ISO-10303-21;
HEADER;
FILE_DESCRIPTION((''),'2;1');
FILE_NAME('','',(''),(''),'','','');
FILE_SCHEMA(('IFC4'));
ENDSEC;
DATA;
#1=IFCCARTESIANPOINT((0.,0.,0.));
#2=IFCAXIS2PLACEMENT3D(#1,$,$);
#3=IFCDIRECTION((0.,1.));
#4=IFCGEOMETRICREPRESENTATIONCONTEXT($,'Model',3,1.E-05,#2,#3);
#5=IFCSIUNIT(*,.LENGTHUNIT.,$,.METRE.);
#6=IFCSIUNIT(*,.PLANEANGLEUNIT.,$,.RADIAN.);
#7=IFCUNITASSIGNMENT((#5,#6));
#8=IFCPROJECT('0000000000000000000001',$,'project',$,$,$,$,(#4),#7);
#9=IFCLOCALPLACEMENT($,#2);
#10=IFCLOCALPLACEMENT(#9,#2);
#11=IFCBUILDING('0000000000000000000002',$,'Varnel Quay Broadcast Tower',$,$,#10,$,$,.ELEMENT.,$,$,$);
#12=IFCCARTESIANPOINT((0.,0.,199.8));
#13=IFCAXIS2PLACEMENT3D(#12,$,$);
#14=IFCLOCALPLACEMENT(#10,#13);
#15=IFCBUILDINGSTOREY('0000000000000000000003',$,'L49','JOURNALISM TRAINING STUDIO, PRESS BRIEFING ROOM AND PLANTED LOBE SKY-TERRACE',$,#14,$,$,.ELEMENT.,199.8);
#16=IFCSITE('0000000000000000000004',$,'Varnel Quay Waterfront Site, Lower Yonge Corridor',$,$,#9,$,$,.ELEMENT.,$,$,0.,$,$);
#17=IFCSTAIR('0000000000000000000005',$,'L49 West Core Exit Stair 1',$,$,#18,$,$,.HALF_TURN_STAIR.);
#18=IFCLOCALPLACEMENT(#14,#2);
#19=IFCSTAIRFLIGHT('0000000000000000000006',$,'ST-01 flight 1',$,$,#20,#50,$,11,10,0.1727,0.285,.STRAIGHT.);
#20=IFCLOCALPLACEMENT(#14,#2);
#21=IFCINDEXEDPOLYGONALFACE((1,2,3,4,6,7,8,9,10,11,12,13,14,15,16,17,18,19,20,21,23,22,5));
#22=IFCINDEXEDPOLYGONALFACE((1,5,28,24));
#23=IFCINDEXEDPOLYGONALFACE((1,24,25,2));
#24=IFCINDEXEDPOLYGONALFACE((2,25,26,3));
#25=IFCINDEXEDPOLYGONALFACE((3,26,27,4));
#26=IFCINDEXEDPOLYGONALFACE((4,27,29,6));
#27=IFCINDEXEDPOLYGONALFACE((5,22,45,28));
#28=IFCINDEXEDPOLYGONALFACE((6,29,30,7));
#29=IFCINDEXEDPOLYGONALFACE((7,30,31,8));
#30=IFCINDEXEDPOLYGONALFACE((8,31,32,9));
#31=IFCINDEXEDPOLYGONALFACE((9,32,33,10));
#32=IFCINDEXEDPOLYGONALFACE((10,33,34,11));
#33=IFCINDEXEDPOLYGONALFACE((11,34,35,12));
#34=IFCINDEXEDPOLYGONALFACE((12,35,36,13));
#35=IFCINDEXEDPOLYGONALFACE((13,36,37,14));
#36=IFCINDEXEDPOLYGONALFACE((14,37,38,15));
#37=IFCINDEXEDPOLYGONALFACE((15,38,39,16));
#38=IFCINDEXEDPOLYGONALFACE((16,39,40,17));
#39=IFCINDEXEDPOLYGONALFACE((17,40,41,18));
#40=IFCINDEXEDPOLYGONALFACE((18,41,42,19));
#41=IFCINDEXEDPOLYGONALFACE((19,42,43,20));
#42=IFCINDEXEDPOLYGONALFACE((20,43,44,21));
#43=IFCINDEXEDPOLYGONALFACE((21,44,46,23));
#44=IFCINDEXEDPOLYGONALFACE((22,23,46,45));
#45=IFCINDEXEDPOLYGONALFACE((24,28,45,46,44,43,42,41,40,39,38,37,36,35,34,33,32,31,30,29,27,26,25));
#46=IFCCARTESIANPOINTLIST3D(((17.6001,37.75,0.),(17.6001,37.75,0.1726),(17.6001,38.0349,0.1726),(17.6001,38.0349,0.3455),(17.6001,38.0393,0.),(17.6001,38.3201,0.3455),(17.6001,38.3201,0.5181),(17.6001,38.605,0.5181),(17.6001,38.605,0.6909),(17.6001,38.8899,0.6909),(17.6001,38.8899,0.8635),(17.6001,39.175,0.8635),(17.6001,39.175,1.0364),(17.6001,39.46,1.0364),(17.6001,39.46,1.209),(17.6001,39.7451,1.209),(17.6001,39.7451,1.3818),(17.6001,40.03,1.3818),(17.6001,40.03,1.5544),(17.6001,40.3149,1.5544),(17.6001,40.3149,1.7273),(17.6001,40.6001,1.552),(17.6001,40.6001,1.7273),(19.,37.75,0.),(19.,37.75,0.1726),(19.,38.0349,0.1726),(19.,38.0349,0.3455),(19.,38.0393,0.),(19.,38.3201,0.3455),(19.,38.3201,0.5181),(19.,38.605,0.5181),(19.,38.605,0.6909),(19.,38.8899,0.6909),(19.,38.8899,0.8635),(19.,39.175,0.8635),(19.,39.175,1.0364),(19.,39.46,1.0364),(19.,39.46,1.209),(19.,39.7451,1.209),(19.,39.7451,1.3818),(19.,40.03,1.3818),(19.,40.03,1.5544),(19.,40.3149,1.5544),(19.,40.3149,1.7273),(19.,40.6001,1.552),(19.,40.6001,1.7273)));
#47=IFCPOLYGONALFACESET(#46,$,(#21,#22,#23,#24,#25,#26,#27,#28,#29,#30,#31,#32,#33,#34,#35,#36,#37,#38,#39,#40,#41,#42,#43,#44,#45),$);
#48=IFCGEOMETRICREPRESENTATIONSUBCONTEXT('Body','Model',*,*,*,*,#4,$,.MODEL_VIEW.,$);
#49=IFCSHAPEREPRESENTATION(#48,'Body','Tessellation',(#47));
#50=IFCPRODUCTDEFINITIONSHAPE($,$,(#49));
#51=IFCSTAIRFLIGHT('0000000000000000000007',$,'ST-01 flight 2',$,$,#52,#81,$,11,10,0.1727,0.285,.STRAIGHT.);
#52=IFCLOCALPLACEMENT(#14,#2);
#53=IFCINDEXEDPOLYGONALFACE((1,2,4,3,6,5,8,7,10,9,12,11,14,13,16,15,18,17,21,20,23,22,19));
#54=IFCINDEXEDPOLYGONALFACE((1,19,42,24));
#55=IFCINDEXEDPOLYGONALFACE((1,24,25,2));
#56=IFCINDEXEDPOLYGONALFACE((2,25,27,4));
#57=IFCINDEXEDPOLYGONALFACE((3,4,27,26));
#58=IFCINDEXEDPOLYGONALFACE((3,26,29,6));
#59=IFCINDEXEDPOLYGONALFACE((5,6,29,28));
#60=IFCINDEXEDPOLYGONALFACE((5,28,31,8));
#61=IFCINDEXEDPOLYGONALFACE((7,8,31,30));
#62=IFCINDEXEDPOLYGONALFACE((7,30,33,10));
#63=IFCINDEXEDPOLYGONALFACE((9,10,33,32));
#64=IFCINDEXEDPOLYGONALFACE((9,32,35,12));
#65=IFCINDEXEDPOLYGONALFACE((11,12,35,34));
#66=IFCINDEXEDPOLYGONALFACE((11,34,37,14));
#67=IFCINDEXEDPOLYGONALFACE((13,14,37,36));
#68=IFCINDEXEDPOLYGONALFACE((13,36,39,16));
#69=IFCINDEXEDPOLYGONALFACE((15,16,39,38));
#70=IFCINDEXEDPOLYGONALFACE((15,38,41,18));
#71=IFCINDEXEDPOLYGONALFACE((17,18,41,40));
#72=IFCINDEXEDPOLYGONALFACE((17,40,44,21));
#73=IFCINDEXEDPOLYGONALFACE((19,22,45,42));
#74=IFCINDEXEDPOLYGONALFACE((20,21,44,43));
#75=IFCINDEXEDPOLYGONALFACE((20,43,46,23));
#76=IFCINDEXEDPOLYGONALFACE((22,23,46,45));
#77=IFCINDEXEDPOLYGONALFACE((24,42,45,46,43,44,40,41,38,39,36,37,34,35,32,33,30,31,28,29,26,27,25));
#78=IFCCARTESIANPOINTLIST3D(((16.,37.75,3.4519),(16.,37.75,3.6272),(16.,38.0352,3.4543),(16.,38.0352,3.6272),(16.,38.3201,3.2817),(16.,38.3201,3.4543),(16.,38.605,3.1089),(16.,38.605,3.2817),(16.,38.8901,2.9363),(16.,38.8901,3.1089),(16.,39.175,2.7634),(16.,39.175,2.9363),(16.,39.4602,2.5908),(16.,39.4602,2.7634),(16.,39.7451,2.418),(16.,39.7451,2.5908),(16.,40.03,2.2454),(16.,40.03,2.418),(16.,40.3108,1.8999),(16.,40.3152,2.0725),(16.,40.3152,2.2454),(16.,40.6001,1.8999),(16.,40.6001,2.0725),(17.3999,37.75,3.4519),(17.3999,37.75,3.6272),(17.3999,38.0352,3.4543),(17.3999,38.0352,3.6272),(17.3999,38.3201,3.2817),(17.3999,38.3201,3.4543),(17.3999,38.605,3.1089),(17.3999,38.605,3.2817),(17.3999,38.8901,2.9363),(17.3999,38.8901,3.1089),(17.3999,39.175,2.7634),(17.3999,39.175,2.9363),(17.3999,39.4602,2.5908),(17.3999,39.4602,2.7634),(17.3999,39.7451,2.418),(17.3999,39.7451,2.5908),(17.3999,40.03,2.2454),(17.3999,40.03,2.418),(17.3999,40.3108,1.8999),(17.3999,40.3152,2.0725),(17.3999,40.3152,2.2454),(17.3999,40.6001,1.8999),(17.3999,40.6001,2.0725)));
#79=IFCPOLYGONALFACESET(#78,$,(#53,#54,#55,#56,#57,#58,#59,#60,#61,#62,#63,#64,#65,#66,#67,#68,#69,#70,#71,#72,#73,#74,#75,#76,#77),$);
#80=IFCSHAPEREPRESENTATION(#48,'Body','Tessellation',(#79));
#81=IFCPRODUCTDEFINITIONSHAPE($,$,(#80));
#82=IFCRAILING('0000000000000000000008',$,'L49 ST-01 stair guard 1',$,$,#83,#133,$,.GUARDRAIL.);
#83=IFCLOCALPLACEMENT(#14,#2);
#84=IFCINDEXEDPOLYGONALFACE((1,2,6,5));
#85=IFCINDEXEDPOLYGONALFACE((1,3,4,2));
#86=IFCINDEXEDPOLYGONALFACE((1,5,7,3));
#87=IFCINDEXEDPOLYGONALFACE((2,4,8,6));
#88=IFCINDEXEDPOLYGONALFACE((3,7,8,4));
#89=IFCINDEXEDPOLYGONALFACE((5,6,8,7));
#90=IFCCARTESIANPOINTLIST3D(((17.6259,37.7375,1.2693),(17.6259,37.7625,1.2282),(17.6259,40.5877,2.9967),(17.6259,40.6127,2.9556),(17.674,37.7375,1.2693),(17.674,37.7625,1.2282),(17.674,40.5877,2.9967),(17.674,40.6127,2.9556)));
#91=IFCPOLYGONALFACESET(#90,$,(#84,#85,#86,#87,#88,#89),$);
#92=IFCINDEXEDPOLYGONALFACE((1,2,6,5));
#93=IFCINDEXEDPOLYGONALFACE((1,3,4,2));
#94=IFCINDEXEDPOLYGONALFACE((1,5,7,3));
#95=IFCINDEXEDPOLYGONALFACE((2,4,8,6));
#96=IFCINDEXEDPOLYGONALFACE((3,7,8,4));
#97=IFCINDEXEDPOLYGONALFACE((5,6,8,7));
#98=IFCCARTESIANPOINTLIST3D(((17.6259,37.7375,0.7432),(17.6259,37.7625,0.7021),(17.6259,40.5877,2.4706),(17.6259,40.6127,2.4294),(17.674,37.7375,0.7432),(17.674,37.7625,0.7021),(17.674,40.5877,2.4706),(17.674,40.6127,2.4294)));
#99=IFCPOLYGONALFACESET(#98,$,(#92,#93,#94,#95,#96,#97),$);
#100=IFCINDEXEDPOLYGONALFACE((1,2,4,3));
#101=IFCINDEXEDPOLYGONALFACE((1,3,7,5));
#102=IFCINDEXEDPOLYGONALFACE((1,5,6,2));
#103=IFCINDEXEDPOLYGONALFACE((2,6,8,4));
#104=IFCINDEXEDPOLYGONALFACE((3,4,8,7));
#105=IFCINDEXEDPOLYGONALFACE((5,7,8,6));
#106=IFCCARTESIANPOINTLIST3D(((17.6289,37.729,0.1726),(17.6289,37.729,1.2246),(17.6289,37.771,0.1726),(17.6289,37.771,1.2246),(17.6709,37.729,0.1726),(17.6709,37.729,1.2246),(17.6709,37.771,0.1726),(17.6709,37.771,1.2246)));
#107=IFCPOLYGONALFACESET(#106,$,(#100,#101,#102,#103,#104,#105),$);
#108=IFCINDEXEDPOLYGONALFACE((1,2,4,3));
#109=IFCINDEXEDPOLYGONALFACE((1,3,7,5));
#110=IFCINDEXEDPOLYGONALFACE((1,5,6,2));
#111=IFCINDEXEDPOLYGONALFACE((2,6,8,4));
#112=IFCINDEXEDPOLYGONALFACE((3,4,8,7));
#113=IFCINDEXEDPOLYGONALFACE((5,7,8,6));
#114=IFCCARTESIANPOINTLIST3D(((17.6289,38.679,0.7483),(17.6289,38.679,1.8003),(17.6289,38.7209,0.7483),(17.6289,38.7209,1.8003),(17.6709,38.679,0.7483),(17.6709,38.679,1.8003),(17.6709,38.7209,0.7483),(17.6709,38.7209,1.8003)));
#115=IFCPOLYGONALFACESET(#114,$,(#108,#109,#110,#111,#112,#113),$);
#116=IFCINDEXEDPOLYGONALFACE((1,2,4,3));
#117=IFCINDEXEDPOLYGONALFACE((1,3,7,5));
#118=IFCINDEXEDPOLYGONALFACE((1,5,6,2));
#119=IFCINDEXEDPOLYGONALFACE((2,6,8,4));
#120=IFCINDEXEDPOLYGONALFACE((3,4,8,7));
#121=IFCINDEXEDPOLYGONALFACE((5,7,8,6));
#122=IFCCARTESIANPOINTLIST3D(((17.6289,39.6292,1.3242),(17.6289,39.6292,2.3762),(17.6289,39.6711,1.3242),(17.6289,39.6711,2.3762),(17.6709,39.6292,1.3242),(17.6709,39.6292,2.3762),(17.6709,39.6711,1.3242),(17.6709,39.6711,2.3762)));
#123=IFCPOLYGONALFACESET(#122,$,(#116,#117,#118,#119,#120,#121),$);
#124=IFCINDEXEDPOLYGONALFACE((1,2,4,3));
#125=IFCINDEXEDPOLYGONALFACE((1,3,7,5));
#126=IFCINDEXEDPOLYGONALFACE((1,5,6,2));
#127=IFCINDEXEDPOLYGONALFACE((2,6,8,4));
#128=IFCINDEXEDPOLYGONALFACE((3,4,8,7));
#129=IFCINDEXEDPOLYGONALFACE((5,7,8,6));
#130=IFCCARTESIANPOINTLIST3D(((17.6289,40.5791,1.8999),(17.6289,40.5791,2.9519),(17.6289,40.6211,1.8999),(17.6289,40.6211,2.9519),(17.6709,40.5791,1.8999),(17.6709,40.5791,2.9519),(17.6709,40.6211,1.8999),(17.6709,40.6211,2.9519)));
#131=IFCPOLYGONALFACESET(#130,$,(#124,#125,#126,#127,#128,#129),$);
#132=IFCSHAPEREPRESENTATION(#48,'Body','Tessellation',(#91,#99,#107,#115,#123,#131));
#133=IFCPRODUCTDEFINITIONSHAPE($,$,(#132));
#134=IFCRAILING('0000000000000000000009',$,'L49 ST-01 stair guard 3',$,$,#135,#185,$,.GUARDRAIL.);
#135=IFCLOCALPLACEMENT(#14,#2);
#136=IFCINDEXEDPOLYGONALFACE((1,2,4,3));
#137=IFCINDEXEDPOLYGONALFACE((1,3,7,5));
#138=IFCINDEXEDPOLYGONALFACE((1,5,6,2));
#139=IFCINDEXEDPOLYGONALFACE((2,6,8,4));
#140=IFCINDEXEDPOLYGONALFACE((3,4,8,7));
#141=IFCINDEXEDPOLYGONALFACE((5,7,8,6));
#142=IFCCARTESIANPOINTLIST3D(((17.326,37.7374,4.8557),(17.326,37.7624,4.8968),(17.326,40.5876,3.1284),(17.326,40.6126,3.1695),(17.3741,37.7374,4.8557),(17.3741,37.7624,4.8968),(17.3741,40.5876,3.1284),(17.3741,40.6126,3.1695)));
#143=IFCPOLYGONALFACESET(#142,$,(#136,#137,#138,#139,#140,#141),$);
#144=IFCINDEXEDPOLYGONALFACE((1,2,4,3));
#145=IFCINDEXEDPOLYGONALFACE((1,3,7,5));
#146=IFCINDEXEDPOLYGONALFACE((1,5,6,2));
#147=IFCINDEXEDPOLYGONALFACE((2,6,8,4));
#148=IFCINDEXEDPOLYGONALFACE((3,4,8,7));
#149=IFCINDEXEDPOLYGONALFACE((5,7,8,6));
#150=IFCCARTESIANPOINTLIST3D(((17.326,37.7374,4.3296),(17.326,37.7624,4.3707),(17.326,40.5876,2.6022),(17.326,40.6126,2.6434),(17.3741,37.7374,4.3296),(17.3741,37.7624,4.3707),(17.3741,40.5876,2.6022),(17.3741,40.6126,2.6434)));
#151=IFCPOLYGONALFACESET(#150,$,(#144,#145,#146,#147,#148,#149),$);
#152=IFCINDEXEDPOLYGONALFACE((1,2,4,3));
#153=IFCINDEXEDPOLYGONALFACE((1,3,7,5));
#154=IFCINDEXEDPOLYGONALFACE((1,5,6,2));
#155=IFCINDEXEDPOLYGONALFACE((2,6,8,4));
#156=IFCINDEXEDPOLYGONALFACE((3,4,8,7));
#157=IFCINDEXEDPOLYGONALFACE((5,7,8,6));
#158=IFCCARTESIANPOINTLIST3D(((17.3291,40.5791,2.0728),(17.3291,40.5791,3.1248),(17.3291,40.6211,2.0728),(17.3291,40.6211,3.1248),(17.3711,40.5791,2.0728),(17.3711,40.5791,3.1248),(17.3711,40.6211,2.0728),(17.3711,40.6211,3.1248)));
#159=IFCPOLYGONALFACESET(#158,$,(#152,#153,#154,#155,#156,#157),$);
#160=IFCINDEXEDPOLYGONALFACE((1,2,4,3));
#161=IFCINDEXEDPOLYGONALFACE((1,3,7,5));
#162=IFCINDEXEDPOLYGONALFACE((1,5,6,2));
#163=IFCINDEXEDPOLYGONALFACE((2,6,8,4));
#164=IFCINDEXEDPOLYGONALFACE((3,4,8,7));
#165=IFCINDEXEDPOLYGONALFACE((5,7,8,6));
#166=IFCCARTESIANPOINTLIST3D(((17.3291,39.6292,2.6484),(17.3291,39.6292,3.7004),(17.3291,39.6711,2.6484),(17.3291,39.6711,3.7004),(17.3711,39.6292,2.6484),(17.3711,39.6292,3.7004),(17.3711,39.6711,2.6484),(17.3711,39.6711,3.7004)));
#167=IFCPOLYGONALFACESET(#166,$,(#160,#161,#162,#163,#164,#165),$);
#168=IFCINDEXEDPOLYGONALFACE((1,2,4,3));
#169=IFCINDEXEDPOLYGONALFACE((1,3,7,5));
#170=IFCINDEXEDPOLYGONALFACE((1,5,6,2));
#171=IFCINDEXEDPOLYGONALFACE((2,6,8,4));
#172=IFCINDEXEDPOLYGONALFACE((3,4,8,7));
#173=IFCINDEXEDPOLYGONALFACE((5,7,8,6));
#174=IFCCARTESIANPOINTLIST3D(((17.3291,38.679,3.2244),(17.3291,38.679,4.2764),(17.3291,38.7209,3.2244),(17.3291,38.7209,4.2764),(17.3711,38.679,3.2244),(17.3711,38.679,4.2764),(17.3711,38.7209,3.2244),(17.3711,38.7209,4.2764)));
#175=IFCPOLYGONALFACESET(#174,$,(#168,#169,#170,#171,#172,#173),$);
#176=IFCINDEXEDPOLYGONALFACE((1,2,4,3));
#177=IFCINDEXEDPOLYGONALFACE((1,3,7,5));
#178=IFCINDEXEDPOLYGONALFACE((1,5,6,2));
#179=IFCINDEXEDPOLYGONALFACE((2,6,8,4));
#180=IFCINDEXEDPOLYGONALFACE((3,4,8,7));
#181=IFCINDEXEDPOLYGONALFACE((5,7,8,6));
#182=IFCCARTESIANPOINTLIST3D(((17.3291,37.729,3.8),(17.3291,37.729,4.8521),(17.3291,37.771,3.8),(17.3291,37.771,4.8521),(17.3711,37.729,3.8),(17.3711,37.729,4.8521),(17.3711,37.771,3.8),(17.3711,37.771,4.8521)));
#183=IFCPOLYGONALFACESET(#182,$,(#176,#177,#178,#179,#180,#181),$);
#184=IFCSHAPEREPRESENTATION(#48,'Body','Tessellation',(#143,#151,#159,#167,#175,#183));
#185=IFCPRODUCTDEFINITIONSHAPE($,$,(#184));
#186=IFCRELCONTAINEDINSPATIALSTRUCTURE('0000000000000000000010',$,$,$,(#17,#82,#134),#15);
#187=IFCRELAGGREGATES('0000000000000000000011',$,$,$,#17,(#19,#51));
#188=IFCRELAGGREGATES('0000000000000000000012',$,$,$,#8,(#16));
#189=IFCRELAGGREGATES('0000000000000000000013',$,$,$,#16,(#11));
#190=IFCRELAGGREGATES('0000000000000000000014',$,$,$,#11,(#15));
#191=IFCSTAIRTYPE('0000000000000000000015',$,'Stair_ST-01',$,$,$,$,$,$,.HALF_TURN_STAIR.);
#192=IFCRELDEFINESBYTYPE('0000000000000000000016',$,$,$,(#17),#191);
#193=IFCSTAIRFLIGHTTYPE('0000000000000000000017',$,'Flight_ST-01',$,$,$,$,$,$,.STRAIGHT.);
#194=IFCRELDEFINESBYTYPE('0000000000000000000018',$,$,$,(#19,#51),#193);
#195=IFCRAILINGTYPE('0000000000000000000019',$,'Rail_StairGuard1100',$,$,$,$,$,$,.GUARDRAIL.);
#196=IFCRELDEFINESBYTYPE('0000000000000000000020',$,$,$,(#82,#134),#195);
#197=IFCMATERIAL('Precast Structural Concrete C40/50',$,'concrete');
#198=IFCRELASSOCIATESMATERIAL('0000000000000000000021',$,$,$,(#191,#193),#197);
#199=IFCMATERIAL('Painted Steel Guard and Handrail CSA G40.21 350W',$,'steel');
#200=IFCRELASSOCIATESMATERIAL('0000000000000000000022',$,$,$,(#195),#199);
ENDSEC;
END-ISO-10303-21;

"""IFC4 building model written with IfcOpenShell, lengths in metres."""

from ifc_helpers import new_model, si_unit, direction, frame, origin, origin_2d, place, context, subcontext, project, spatial, polyline, rectangle, outline, extrude, material, type_object, element, aggregate, save


model = new_model("IFC4")

# Units and contexts
model_context = context("Model", 3, precision=1e-05, world=origin(), true_north=direction((0.0, 1.0)))
body_context = subcontext(model_context, "Body", "Model", "MODEL_VIEW")
ifc_project = project(units=[si_unit("LENGTHUNIT", "METRE"), si_unit("PLANEANGLEUNIT", "RADIAN")], contexts=[model_context])

# Site, building, storey
site_placement = place(None, origin())
site = spatial("IfcSite", under=ifc_project, at=site_placement, Name="Varnel Quay Waterfront Site, Lower Yonge Corridor", CompositionType="ELEMENT", RefElevation=0.0)
building_placement = place(site_placement, origin())
building = spatial("IfcBuilding", under=site, at=building_placement, Name="Varnel Quay Broadcast Tower", CompositionType="ELEMENT")
storey_placement = place(building_placement, frame((0.0, 0.0, 199.8)))
storey = spatial("IfcBuildingStorey", under=building, at=storey_placement, Name="L49", Description="JOURNALISM TRAINING STUDIO, PRESS BRIEFING ROOM AND PLANTED LOBE SKY-TERRACE", CompositionType="ELEMENT", Elevation=199.8)

# Stair, stair flights
ifc_material_1 = material(Name="Precast Structural Concrete C40/50", Category="concrete")
stair_type = type_object("IfcStairType", Name="Stair_ST-01", PredefinedType="HALF_TURN_STAIR", material=ifc_material_1)
stair_placement = place(storey_placement, origin())
stair = element("IfcStair", 1, at=stair_placement, inside=storey, type_object=stair_type, Name="L49 West Core Exit Stair 1", PredefinedType="HALF_TURN_STAIR")
stair_flight_type = type_object("IfcStairFlightType", Name="Flight_ST-01", PredefinedType="STRAIGHT", material=ifc_material_1)
stair_flight_1_placement = place(storey_placement, frame((18.3, 37.75, 0.0), z_axis=(0.0, 0.0, 1.0), x_axis=(0.0, 1.0, 0.0)))
stair_flight_1 = element("IfcStairFlight", 2, at=stair_flight_1_placement, type_object=stair_flight_type, Name="ST-01 flight 1", NumberOfRisers=11, NumberOfTreads=10, PredefinedType="STRAIGHT", RiserHeight=0.1727, TreadLength=0.285, context=body_context, shape_type="SweptSolid", body=[
    extrude(outline(polyline([(0.0, 0.0), (0.0, 0.1726), (0.2849, 0.1726), (0.2849, 0.3455), (0.5701, 0.3455), (0.5701, 0.5181), (0.855, 0.5181), (0.855, 0.6909), (1.1399, 0.6909), (1.1399, 0.8635), (1.425, 0.8635), (1.425, 1.0364), (1.71, 1.0364), (1.71, 1.209), (1.9951, 1.209), (1.9951, 1.3818), (2.28, 1.3818), (2.28, 1.5544), (2.5649, 1.5544), (2.5649, 1.7273), (2.8501, 1.7273), (2.8501, 1.8999), (2.8501, 1.552), (0.2893, 0.0), (0.0, 0.0)])), frame((0.0, 0.7, 0.0), z_axis=(0.0, -1.0, 0.0), x_axis=(1.0, 0.0, 0.0)), (0.0, 0.0, 1.0), 1.3999),
])
stair_flight_2_placement = place(storey_placement, frame((16.7, 40.6001, 1.8999), z_axis=(0.0, 0.0, 1.0), x_axis=(0.0, -1.0, 0.0)))
stair_flight_2 = element("IfcStairFlight", 3, at=stair_flight_2_placement, type_object=stair_flight_type, Name="ST-01 flight 2", NumberOfRisers=11, NumberOfTreads=10, PredefinedType="STRAIGHT", RiserHeight=0.1727, TreadLength=0.285, context=body_context, shape_type="SweptSolid", body=[
    extrude(outline(polyline([(0.0, 0.0), (0.0, 0.1726), (0.2849, 0.1726), (0.2849, 0.3455), (0.5701, 0.3455), (0.5701, 0.5181), (0.855, 0.5181), (0.855, 0.6909), (1.1399, 0.6909), (1.1399, 0.8635), (1.425, 0.8635), (1.425, 1.0364), (1.71, 1.0364), (1.71, 1.209), (1.9951, 1.209), (1.9951, 1.3818), (2.28, 1.3818), (2.28, 1.5544), (2.5649, 1.5544), (2.5649, 1.7273), (2.8501, 1.7273), (2.8501, 1.8999), (2.8501, 1.552), (0.2893, 0.0), (0.0, 0.0)])), frame((0.0, 0.7, 0.0), z_axis=(0.0, -1.0, 0.0), x_axis=(1.0, 0.0, 0.0)), (0.0, 0.0, 1.0), 1.3999),
])
aggregate(stair, [stair_flight_1, stair_flight_2])

# Railings
ifc_material_2 = material(Name="Painted Steel Guard and Handrail CSA G40.21 350W", Category="steel")
railing_type_1 = type_object("IfcRailingType", Name="Rail_StairGuard1100", PredefinedType="GUARDRAIL", material=ifc_material_2)
railing_1_placement = place(storey_placement, frame((17.6499, 37.75, 0.1726)))
element("IfcRailing", 4, at=railing_1_placement, inside=storey, type_object=railing_type_1, Name="L49 ST-01 stair guard 1", PredefinedType="GUARDRAIL", context=body_context, shape_type="SweptSolid", body=[
    extrude(rectangle(XDim=0.0481, YDim=0.0481, at=origin_2d()), frame((0.0, 0.0, 1.0762), z_axis=(0.0, 0.855203, 0.518294), x_axis=(-1.0, 0.0, 0.0)), (0.0, 0.0, 1.0), 3.3328),
    extrude(rectangle(XDim=0.0481, YDim=0.0481, at=origin_2d()), frame((0.0, 0.0, 0.55), z_axis=(0.0, 0.855203, 0.518294), x_axis=(-1.0, 0.0, 0.0)), (0.0, 0.0, 1.0), 3.3328),
    extrude(rectangle(XDim=0.042, YDim=0.042, at=origin_2d()), origin(), (0.0, 0.0, 1.0), 1.052),
    extrude(rectangle(XDim=0.042, YDim=0.042, at=origin_2d()), frame((0.0, 0.95, 0.5757)), (0.0, 0.0, 1.0), 1.052),
    extrude(rectangle(XDim=0.042, YDim=0.042, at=origin_2d()), frame((0.0, 1.9001, 1.1516)), (0.0, 0.0, 1.0), 1.052),
    extrude(rectangle(XDim=0.042, YDim=0.042, at=origin_2d()), frame((0.0, 2.8501, 1.7273)), (0.0, 0.0, 1.0), 1.052),
])
railing_2_placement = place(storey_placement, frame((17.3501, 40.6001, 2.0728)))
element("IfcRailing", 5, at=railing_2_placement, inside=storey, type_object=railing_type_1, Name="L49 ST-01 stair guard 3", PredefinedType="GUARDRAIL", context=body_context, shape_type="SweptSolid", body=[
    extrude(rectangle(XDim=0.0481, YDim=0.0481, at=origin_2d()), frame((0.0, 0.0, 1.0762), z_axis=(0.0, -0.855203, 0.518294), x_axis=(1.0, 0.0, 0.0)), (0.0, 0.0, 1.0), 3.3328),
    extrude(rectangle(XDim=0.0481, YDim=0.0481, at=origin_2d()), frame((0.0, 0.0, 0.55), z_axis=(0.0, -0.855203, 0.518294), x_axis=(1.0, 0.0, 0.0)), (0.0, 0.0, 1.0), 3.3328),
    extrude(rectangle(XDim=0.042, YDim=0.042, at=origin_2d()), origin(), (0.0, 0.0, 1.0), 1.052),
    extrude(rectangle(XDim=0.042, YDim=0.042, at=origin_2d()), frame((0.0, -0.95, 0.5757)), (0.0, 0.0, 1.0), 1.052),
    extrude(rectangle(XDim=0.042, YDim=0.042, at=origin_2d()), frame((0.0, -1.9001, 1.1516)), (0.0, 0.0, 1.0), 1.052),
    extrude(rectangle(XDim=0.042, YDim=0.042, at=origin_2d()), frame((0.0, -2.8501, 1.7273)), (0.0, 0.0, 1.0), 1.052),
])

save(model, "model.ifc")
